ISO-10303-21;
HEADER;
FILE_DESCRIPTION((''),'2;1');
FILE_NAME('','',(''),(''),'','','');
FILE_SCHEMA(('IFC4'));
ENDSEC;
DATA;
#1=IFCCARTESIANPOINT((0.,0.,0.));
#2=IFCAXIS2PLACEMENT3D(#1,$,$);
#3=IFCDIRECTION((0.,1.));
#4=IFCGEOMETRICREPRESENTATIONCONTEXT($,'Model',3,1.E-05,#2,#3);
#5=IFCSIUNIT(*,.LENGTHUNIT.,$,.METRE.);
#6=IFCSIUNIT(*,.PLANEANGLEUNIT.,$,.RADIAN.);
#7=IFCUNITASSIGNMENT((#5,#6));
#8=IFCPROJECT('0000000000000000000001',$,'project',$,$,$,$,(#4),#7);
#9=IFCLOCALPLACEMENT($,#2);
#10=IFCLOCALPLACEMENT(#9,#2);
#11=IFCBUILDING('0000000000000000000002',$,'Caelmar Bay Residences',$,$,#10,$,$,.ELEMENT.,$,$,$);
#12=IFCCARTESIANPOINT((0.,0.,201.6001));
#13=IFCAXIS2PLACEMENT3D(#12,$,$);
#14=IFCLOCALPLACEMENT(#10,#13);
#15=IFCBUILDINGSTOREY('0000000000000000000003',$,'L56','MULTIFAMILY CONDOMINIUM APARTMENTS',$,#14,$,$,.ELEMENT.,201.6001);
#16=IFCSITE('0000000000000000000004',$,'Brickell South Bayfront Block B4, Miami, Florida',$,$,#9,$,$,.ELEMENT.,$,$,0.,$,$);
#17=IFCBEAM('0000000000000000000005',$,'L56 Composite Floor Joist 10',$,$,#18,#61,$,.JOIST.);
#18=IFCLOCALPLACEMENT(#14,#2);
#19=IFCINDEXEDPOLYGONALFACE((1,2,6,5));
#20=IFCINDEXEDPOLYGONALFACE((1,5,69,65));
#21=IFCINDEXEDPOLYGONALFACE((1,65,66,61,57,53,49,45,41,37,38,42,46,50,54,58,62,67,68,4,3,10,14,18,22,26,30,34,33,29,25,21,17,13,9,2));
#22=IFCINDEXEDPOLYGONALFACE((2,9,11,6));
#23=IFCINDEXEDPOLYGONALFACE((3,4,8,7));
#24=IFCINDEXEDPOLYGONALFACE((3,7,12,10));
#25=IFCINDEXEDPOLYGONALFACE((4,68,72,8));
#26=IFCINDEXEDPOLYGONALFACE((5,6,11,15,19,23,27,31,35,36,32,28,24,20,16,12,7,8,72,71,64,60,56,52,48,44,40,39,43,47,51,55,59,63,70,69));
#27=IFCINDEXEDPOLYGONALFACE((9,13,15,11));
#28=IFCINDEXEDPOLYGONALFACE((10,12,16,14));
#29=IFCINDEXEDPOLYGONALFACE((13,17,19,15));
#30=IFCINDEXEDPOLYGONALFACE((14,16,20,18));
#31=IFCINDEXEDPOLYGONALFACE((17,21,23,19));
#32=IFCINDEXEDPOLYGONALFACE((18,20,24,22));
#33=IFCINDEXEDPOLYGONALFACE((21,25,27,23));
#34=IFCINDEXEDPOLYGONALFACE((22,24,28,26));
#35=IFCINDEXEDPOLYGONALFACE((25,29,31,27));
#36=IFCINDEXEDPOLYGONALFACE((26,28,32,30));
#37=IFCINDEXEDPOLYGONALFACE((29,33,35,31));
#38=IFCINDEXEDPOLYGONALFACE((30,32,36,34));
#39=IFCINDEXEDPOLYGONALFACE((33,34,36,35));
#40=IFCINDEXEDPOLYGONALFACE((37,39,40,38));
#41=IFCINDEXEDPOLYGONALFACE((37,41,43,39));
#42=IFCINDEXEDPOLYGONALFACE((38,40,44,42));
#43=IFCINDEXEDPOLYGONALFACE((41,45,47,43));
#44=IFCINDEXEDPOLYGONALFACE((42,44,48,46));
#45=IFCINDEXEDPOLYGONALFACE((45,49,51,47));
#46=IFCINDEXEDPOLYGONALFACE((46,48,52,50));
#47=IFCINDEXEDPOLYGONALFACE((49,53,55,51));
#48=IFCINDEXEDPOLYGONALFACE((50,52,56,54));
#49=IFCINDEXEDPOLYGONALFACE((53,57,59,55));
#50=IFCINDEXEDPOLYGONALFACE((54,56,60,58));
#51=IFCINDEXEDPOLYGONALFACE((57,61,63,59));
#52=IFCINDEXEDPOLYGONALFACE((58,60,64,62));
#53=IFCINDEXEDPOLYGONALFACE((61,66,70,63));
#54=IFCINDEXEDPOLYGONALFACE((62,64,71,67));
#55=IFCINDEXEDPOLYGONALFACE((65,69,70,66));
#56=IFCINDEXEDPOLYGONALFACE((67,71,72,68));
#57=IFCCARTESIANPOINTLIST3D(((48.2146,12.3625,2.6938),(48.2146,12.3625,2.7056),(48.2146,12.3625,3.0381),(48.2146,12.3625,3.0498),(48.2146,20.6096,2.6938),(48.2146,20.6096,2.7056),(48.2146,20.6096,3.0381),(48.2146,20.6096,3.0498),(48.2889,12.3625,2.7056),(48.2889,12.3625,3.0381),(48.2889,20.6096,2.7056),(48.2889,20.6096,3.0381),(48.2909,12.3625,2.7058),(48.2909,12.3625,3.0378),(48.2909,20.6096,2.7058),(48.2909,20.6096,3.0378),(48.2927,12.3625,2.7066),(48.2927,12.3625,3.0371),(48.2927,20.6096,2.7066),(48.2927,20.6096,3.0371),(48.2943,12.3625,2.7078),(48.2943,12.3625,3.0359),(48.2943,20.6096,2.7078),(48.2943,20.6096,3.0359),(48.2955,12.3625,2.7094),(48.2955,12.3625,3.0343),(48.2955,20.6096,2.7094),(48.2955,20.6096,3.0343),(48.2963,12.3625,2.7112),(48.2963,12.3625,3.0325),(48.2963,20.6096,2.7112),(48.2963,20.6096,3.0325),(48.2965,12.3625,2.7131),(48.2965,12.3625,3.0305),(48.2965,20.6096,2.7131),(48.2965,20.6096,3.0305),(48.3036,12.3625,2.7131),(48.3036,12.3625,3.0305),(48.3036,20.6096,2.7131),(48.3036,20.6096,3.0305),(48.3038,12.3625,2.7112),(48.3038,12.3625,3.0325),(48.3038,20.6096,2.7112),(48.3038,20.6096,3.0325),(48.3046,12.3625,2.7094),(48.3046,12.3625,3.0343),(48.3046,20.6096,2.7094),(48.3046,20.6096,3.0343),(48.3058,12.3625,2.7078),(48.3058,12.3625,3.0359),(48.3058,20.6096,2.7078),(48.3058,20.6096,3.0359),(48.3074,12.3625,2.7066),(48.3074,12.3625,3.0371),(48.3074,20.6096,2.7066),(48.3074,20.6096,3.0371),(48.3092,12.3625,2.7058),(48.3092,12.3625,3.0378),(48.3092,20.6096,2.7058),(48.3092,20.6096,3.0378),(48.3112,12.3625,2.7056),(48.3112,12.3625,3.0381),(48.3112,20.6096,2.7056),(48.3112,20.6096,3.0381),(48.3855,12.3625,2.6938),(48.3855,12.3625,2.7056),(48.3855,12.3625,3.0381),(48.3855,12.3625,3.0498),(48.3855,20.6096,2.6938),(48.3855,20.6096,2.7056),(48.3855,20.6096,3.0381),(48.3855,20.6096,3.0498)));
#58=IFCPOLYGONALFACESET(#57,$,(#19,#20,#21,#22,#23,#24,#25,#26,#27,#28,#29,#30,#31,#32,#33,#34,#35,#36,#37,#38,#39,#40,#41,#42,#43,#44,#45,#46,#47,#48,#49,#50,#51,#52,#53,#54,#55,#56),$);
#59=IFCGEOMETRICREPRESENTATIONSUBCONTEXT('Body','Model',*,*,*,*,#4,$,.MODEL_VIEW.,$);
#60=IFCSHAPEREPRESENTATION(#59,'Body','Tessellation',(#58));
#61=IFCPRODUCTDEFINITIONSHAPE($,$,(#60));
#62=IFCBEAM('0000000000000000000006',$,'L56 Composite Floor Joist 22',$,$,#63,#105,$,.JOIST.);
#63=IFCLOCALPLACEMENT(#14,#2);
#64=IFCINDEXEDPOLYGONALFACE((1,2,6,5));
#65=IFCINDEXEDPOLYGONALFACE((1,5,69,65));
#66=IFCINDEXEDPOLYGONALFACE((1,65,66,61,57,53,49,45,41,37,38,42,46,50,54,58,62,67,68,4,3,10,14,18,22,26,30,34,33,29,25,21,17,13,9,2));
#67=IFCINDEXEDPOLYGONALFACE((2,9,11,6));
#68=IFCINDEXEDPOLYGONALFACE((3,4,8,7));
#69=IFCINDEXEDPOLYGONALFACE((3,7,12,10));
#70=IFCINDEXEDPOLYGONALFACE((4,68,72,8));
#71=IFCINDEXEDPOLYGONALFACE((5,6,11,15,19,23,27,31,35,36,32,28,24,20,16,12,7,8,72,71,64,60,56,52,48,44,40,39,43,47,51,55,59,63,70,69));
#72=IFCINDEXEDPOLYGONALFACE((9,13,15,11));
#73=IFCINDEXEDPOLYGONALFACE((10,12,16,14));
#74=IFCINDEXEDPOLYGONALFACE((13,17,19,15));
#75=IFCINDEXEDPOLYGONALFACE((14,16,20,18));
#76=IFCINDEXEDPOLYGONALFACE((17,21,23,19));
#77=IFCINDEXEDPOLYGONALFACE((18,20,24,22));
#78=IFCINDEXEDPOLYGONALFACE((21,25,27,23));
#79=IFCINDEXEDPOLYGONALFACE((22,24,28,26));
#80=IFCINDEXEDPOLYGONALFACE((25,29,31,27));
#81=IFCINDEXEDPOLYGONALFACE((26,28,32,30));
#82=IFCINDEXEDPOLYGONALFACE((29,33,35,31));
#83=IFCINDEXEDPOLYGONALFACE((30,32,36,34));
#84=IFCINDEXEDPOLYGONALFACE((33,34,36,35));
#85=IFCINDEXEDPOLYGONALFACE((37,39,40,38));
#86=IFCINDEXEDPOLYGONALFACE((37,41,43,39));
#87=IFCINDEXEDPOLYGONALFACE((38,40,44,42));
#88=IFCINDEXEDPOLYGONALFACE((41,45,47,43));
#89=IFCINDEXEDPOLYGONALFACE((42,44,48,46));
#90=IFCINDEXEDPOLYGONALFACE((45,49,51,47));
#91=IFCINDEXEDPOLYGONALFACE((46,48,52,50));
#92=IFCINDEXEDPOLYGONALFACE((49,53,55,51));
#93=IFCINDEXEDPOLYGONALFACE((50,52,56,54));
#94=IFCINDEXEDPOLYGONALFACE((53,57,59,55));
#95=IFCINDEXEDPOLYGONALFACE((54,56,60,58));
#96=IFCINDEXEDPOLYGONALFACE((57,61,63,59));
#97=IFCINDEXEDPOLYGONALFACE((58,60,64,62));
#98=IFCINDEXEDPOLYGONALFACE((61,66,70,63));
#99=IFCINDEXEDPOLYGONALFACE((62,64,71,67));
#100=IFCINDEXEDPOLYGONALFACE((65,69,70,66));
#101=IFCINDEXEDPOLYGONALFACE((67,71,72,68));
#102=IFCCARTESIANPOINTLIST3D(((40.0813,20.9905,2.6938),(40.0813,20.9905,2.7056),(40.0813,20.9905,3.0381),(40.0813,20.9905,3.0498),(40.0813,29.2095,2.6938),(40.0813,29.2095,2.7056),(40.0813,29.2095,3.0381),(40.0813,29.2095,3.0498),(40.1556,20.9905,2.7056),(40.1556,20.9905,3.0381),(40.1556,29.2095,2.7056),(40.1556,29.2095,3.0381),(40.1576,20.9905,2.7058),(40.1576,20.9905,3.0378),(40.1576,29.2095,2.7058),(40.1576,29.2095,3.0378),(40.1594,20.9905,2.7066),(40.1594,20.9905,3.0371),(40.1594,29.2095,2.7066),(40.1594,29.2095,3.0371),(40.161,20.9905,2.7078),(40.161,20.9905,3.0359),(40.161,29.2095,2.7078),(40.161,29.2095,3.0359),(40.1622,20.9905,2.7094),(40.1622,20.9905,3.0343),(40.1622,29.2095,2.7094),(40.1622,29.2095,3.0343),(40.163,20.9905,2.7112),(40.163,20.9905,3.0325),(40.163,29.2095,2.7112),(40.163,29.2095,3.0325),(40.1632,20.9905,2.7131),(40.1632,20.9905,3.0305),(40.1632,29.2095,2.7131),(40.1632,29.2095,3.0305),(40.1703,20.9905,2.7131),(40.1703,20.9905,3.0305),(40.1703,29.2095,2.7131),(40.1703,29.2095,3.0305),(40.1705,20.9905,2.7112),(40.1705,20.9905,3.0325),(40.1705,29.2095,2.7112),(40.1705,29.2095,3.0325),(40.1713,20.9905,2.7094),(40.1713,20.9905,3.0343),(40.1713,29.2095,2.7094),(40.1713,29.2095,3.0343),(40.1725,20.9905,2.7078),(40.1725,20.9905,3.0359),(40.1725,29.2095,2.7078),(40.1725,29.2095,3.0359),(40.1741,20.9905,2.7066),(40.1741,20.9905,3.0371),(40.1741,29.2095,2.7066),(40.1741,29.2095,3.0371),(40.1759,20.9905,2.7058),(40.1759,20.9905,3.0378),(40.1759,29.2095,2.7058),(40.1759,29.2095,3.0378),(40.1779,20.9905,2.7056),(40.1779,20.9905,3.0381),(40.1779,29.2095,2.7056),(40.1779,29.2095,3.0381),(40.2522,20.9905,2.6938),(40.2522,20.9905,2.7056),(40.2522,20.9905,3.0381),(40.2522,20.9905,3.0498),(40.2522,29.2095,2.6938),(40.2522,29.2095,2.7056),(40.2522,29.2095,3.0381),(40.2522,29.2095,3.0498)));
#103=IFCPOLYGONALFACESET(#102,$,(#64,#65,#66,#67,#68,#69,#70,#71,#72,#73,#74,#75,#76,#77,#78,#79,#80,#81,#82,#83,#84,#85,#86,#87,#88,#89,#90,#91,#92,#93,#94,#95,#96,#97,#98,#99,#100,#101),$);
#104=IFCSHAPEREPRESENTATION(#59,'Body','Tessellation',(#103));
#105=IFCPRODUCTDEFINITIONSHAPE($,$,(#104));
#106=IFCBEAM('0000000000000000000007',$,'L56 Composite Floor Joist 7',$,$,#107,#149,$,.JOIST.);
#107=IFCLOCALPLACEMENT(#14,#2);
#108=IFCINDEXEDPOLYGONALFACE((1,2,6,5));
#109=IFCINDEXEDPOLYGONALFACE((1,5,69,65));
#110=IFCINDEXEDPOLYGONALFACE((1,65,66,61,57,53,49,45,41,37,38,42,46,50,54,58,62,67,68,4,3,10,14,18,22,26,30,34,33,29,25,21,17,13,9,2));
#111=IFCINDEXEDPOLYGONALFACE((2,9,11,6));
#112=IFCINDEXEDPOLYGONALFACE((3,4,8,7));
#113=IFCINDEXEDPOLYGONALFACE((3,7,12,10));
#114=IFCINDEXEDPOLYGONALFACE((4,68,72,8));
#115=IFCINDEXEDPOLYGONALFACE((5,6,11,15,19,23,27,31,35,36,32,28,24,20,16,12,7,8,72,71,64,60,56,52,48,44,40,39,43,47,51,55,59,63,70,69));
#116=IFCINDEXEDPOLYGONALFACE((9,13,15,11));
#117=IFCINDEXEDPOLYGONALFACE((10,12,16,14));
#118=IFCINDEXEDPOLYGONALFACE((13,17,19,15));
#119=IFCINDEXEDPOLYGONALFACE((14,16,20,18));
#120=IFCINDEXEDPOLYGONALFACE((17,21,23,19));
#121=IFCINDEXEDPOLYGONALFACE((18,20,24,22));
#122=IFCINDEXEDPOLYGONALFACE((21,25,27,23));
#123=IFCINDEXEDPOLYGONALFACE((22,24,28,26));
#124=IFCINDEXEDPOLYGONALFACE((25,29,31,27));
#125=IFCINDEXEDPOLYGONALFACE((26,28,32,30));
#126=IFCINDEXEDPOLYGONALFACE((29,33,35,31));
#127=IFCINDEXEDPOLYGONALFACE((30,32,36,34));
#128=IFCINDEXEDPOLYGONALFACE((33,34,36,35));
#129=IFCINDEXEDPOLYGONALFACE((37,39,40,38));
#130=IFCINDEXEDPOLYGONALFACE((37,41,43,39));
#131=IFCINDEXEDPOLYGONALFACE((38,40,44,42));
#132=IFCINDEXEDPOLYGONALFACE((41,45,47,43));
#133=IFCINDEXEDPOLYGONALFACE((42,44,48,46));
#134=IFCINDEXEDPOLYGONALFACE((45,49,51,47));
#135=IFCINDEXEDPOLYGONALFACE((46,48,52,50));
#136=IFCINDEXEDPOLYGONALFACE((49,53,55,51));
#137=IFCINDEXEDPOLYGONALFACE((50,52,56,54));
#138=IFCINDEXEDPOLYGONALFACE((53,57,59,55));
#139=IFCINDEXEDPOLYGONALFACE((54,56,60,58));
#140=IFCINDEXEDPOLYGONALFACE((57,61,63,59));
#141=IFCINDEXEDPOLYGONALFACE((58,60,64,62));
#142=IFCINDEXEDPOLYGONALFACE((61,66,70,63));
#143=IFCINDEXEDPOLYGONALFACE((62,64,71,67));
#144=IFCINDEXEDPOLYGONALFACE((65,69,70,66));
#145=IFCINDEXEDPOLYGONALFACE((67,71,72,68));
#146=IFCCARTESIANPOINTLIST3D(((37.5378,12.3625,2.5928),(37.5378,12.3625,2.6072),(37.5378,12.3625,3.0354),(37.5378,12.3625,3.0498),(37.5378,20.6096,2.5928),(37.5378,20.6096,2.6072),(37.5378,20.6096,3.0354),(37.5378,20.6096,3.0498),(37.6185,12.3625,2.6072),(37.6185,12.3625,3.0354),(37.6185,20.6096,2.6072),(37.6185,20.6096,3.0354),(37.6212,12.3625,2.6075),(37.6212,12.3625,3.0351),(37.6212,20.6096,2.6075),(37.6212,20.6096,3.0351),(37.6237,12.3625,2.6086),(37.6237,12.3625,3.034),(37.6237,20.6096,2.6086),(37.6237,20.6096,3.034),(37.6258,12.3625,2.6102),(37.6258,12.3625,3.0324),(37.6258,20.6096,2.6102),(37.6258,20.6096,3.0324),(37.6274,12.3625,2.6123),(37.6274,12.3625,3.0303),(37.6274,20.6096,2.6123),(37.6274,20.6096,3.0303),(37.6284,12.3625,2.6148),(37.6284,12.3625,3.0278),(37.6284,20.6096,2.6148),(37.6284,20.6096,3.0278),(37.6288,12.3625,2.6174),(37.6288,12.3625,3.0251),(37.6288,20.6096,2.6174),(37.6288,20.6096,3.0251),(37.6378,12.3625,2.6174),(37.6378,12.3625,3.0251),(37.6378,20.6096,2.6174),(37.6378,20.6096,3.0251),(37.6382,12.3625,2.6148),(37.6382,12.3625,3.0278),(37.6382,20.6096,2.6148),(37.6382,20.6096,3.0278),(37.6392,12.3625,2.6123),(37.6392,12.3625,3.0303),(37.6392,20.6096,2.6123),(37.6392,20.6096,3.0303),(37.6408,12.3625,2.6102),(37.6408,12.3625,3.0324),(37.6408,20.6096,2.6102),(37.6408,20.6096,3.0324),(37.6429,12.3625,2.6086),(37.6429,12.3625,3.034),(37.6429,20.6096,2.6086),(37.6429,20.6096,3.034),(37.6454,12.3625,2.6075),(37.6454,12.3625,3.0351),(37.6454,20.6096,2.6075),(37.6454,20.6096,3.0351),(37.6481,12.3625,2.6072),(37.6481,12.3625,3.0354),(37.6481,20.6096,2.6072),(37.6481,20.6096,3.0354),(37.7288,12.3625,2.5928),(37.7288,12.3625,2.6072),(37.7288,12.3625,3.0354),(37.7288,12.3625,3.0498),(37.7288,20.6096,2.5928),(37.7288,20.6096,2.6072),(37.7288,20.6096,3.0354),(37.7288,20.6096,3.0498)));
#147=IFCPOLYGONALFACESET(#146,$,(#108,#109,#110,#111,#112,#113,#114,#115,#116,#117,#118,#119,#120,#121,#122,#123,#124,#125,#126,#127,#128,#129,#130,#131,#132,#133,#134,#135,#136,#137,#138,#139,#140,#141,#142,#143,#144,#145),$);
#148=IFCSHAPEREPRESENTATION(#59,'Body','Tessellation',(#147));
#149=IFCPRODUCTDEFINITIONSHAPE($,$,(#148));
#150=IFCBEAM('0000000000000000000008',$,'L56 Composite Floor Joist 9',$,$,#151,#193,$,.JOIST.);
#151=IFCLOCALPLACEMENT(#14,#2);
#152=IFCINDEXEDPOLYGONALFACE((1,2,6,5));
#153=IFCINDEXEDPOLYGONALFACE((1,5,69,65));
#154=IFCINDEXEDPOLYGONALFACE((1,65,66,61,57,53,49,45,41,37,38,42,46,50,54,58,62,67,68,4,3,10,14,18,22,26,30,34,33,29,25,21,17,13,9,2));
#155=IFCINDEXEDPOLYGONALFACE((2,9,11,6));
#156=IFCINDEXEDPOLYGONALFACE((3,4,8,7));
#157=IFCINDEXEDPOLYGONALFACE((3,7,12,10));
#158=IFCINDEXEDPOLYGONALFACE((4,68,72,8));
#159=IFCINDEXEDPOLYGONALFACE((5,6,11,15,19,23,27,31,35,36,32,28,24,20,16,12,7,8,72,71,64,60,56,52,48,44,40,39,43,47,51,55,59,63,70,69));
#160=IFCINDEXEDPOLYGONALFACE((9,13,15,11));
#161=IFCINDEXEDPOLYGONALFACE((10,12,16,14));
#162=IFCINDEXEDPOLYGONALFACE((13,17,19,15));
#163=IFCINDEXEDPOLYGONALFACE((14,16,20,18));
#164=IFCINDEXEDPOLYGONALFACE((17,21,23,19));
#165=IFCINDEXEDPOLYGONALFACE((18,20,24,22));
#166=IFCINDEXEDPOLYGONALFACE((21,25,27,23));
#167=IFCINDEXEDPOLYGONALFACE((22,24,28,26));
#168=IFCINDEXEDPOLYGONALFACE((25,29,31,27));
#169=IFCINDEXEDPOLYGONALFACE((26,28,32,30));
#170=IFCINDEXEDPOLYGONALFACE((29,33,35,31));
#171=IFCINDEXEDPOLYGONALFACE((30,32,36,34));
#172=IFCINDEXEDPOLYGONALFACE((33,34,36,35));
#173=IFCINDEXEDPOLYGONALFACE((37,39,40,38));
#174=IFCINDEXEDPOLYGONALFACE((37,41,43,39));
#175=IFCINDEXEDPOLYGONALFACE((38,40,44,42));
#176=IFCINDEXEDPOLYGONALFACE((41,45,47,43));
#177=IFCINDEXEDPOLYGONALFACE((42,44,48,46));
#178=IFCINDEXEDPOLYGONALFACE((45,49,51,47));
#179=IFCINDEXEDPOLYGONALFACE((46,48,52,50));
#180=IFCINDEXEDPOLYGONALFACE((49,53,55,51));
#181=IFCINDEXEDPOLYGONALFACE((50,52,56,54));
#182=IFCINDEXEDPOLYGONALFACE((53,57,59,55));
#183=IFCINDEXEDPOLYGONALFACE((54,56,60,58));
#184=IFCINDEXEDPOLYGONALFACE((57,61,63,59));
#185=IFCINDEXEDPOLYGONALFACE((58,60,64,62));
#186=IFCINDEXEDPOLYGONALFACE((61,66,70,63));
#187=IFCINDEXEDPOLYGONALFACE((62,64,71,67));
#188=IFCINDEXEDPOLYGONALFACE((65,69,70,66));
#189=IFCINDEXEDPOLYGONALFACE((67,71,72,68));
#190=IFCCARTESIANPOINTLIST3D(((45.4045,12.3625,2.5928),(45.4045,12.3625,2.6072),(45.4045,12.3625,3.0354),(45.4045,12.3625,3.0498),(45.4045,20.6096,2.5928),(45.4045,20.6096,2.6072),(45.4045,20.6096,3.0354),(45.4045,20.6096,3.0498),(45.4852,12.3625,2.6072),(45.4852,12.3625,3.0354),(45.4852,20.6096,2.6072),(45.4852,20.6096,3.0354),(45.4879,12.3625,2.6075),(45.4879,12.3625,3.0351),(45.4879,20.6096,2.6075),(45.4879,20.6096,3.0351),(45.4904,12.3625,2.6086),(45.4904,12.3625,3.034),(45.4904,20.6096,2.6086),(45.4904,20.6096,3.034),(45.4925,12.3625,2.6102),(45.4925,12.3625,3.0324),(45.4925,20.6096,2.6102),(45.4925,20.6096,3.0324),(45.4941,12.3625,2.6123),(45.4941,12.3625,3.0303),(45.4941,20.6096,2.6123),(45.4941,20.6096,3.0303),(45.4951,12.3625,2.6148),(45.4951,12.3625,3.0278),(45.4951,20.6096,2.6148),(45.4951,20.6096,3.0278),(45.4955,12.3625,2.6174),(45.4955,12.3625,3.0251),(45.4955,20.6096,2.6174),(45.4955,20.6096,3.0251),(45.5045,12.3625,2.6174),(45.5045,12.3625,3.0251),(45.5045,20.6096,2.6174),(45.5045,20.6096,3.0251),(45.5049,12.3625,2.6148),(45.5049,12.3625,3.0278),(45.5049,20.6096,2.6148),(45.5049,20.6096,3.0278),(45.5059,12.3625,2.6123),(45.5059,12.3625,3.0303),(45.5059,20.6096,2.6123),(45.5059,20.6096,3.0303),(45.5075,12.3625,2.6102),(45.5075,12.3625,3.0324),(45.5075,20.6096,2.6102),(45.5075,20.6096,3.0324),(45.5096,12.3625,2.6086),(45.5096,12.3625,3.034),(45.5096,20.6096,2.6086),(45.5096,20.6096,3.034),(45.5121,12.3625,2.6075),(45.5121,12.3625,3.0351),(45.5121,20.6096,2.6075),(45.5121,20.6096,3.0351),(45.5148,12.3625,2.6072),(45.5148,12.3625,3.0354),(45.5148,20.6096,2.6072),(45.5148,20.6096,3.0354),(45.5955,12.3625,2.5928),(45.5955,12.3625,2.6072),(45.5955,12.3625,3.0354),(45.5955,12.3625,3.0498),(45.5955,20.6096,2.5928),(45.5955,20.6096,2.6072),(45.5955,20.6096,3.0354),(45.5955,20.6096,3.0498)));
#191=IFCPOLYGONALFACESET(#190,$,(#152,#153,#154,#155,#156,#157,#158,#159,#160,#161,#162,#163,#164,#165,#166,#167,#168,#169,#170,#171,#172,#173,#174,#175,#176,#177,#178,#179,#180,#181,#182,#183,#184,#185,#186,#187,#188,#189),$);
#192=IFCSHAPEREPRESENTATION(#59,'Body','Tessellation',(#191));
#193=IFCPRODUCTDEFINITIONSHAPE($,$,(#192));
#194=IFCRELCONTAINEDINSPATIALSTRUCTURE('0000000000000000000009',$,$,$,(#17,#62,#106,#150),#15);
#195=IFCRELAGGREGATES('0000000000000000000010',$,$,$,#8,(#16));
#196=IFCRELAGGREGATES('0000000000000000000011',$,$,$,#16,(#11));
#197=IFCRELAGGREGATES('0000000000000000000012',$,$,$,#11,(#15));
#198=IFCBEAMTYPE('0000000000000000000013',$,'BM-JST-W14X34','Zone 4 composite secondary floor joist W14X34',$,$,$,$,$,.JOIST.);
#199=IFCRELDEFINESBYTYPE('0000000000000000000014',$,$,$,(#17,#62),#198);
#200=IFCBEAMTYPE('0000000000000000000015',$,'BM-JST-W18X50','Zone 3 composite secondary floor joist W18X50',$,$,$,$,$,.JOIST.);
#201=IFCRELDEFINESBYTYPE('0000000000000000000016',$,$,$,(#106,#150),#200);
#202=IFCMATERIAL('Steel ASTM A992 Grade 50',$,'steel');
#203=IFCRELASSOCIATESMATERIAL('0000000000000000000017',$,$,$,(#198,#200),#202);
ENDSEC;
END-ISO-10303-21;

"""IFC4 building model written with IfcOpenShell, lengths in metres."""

from ifc_helpers import new_model, si_unit, direction, frame, origin, origin_2d, place, context, subcontext, project, spatial, i_section, extrude, material, material_profile, profile_set, type_object, element, save


model = new_model("IFC4")

# Units and contexts
model_context = context("Model", 3, precision=1e-05, world=origin(), true_north=direction((0.0, 1.0)))
body_context = subcontext(model_context, "Body", "Model", "MODEL_VIEW")
ifc_project = project(units=[si_unit("LENGTHUNIT", "METRE"), si_unit("PLANEANGLEUNIT", "RADIAN")], contexts=[model_context])

# Site, building, storey
site_placement = place(None, origin())
site = spatial("IfcSite", under=ifc_project, at=site_placement, Name="Brickell South Bayfront Block B4, Miami, Florida", CompositionType="ELEMENT", RefElevation=0.0)
building_placement = place(site_placement, origin())
building = spatial("IfcBuilding", under=site, at=building_placement, Name="Caelmar Bay Residences", CompositionType="ELEMENT")
storey_placement = place(building_placement, frame((0.0, 0.0, 201.6001)))
storey = spatial("IfcBuildingStorey", under=building, at=storey_placement, Name="L56", Description="MULTIFAMILY CONDOMINIUM APARTMENTS", CompositionType="ELEMENT", Elevation=201.6001)

# Beams
ifc_material_1 = material(Name="Steel ASTM A992 Grade 50", Category="steel")
ifc_material_profile_1 = material_profile(ifc_material_1, i_section(OverallWidth=0.1709, OverallDepth=0.356, WebThickness=0.0071, FlangeThickness=0.0117, FilletRadius=0.0076, at=origin_2d()), Name="W14X34")
ifc_profile_set_1 = profile_set([ifc_material_profile_1], Name="Steel ASTM A992 Grade 50")
beam_type_1 = type_object("IfcBeamType", Name="BM-JST-W14X34", Description="Zone 4 composite secondary floor joist W14X34", PredefinedType="JOIST", material=ifc_profile_set_1)
for number, where, z_axis, x_axis, name in (
    (1, (48.3, 12.3625, 2.8718), (0.0, 1.0, 0.0), (-1.0, 0.0, 0.0), "L56 Composite Floor Joist 10"),
):
    element("IfcBeam", number, at=place(storey_placement, frame(where, z_axis=z_axis, x_axis=x_axis)), inside=storey, type_object=beam_type_1, Name=name, PredefinedType="JOIST", context=body_context, shape_type="SweptSolid", body=[
        extrude(i_section(OverallWidth=0.1709, OverallDepth=0.356, WebThickness=0.0071, FlangeThickness=0.0117, FilletRadius=0.0076, at=origin_2d()), origin(), (0.0, 0.0, 1.0), 8.2471),
    ])
beam_1_placement = place(storey_placement, frame((40.1667, 20.9905, 2.8718), z_axis=(0.0, 1.0, 0.0), x_axis=(-1.0, 0.0, 0.0)))
element("IfcBeam", 2, at=beam_1_placement, inside=storey, type_object=beam_type_1, Name="L56 Composite Floor Joist 22", PredefinedType="JOIST", context=body_context, shape_type="SweptSolid", body=[
    extrude(i_section(OverallWidth=0.1709, OverallDepth=0.356, WebThickness=0.0071, FlangeThickness=0.0117, FilletRadius=0.0076, at=origin_2d()), origin(), (0.0, 0.0, 1.0), 8.219),
])
ifc_material_profile_2 = material_profile(ifc_material_1, i_section(OverallWidth=0.1909, OverallDepth=0.457, WebThickness=0.009, FlangeThickness=0.0144, FilletRadius=0.0103, at=origin_2d()), Name="W18X50")
ifc_profile_set_2 = profile_set([ifc_material_profile_2], Name="Steel ASTM A992 Grade 50")
beam_type_2 = type_object("IfcBeamType", Name="BM-JST-W18X50", Description="Zone 3 composite secondary floor joist W18X50", PredefinedType="JOIST", material=ifc_profile_set_2)
for number, where, z_axis, x_axis, name in (
    (3, (37.6333, 12.3625, 2.8213), (0.0, 1.0, 0.0), (-1.0, 0.0, 0.0), "L56 Composite Floor Joist 7"),
    (4, (45.5, 12.3625, 2.8213), (0.0, 1.0, 0.0), (-1.0, 0.0, 0.0), "L56 Composite Floor Joist 9"),
):
    element("IfcBeam", number, at=place(storey_placement, frame(where, z_axis=z_axis, x_axis=x_axis)), inside=storey, type_object=beam_type_2, Name=name, PredefinedType="JOIST", context=body_context, shape_type="SweptSolid", body=[
        extrude(i_section(OverallWidth=0.1909, OverallDepth=0.457, WebThickness=0.009, FlangeThickness=0.0144, FilletRadius=0.0103, at=origin_2d()), origin(), (0.0, 0.0, 1.0), 8.2471),
    ])

save(model, "model.ifc")
